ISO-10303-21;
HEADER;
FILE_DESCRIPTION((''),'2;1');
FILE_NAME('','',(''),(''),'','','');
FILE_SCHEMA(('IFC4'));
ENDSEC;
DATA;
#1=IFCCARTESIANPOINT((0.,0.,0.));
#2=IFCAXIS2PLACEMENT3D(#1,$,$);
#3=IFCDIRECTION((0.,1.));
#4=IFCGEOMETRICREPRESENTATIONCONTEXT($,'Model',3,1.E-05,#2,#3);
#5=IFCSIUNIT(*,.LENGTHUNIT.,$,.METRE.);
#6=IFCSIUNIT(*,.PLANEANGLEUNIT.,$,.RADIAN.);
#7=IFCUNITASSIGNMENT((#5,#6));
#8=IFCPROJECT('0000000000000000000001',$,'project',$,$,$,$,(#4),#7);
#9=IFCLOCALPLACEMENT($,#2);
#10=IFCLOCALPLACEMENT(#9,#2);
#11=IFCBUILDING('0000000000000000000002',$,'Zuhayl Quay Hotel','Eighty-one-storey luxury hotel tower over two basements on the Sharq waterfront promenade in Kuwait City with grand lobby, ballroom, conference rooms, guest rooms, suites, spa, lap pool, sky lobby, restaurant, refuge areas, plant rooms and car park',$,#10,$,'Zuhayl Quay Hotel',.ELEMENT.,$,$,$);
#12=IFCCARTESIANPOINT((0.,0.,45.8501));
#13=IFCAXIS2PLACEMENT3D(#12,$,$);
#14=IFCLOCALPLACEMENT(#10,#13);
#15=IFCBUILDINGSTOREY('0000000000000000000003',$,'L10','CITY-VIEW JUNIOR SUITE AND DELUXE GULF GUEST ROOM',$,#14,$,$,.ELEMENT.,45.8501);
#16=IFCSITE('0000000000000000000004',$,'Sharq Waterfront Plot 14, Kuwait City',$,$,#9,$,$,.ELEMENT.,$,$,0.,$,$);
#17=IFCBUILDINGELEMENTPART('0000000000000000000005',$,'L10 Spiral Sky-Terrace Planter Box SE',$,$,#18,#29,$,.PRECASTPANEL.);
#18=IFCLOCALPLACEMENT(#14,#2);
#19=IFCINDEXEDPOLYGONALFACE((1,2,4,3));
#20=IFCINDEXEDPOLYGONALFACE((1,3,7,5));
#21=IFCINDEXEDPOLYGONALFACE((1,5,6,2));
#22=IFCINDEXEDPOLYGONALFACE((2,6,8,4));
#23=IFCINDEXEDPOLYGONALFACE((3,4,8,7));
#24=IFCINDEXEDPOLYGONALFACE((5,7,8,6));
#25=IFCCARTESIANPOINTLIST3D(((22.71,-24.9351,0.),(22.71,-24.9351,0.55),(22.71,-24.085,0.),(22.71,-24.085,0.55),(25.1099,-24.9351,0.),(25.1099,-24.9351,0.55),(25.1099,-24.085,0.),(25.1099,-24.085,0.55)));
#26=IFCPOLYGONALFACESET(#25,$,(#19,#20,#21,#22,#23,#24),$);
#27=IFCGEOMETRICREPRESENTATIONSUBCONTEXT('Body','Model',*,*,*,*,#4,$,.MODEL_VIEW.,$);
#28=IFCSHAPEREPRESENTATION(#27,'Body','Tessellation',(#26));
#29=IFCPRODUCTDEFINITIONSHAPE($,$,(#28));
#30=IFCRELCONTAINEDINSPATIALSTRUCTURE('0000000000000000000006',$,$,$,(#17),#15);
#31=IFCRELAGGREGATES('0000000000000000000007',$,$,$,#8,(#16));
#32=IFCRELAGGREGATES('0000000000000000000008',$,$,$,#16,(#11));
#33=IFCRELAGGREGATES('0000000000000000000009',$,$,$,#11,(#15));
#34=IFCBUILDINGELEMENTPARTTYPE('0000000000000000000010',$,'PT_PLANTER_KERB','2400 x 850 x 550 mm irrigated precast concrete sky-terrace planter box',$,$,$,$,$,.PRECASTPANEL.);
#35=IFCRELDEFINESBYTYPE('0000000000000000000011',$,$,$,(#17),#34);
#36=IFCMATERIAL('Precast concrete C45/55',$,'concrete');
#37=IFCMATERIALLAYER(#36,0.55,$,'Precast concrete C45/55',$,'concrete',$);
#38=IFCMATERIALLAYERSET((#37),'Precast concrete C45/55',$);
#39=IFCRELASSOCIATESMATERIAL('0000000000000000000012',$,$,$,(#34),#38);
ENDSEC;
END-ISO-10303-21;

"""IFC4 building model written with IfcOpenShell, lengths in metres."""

from ifc_helpers import new_model, si_unit, direction, frame, origin, origin_2d, place, context, subcontext, project, spatial, rectangle, extrude, material, layer, layer_set, type_object, element, save


model = new_model("IFC4")

# Units and contexts
model_context = context("Model", 3, precision=1e-05, world=origin(), true_north=direction((0.0, 1.0)))
body_context = subcontext(model_context, "Body", "Model", "MODEL_VIEW")
ifc_project = project(units=[si_unit("LENGTHUNIT", "METRE"), si_unit("PLANEANGLEUNIT", "RADIAN")], contexts=[model_context])

# Site, building, storey
site_placement = place(None, origin())
site = spatial("IfcSite", under=ifc_project, at=site_placement, Name="Sharq Waterfront Plot 14, Kuwait City", CompositionType="ELEMENT", RefElevation=0.0)
building_placement = place(site_placement, origin())
building = spatial("IfcBuilding", under=site, at=building_placement, Name="Zuhayl Quay Hotel", Description="Eighty-one-storey luxury hotel tower over two basements on the Sharq waterfront promenade in Kuwait City with grand lobby, ballroom, conference rooms, guest rooms, suites, spa, lap pool, sky lobby, restaurant, refuge areas, plant rooms and car park", LongName="Zuhayl Quay Hotel", CompositionType="ELEMENT")
storey_placement = place(building_placement, frame((0.0, 0.0, 45.8501)))
storey = spatial("IfcBuildingStorey", under=building, at=storey_placement, Name="L10", Description="CITY-VIEW JUNIOR SUITE AND DELUXE GULF GUEST ROOM", CompositionType="ELEMENT", Elevation=45.8501)

# Shared definitions
ifc_material_1 = material(Name="Precast concrete C45/55", Category="concrete")

# Building element part
ifc_layer_1 = layer(ifc_material_1, 0.55, Name="Precast concrete C45/55", Category="concrete")
ifc_layer_set_1 = layer_set([ifc_layer_1], Name="Precast concrete C45/55")
building_element_part_type = type_object("IfcBuildingElementPartType", Name="PT_PLANTER_KERB", Description="2400 x 850 x 550 mm irrigated precast concrete sky-terrace planter box", PredefinedType="PRECASTPANEL", material=ifc_layer_set_1)
building_element_part_placement = place(storey_placement, frame((23.9099, -24.51, 0.0), z_axis=(0.0, 0.0, 1.0), x_axis=(1.0, 0.0, 0.0)))
element("IfcBuildingElementPart", 1, at=building_element_part_placement, inside=storey, type_object=building_element_part_type, Name="L10 Spiral Sky-Terrace Planter Box SE", PredefinedType="PRECASTPANEL", context=body_context, shape_type="SweptSolid", body=[
    extrude(rectangle(XDim=2.3999, YDim=0.8501, at=origin_2d()), origin(), (0.0, 0.0, 1.0), 0.55),
])

save(model, "model.ifc")
